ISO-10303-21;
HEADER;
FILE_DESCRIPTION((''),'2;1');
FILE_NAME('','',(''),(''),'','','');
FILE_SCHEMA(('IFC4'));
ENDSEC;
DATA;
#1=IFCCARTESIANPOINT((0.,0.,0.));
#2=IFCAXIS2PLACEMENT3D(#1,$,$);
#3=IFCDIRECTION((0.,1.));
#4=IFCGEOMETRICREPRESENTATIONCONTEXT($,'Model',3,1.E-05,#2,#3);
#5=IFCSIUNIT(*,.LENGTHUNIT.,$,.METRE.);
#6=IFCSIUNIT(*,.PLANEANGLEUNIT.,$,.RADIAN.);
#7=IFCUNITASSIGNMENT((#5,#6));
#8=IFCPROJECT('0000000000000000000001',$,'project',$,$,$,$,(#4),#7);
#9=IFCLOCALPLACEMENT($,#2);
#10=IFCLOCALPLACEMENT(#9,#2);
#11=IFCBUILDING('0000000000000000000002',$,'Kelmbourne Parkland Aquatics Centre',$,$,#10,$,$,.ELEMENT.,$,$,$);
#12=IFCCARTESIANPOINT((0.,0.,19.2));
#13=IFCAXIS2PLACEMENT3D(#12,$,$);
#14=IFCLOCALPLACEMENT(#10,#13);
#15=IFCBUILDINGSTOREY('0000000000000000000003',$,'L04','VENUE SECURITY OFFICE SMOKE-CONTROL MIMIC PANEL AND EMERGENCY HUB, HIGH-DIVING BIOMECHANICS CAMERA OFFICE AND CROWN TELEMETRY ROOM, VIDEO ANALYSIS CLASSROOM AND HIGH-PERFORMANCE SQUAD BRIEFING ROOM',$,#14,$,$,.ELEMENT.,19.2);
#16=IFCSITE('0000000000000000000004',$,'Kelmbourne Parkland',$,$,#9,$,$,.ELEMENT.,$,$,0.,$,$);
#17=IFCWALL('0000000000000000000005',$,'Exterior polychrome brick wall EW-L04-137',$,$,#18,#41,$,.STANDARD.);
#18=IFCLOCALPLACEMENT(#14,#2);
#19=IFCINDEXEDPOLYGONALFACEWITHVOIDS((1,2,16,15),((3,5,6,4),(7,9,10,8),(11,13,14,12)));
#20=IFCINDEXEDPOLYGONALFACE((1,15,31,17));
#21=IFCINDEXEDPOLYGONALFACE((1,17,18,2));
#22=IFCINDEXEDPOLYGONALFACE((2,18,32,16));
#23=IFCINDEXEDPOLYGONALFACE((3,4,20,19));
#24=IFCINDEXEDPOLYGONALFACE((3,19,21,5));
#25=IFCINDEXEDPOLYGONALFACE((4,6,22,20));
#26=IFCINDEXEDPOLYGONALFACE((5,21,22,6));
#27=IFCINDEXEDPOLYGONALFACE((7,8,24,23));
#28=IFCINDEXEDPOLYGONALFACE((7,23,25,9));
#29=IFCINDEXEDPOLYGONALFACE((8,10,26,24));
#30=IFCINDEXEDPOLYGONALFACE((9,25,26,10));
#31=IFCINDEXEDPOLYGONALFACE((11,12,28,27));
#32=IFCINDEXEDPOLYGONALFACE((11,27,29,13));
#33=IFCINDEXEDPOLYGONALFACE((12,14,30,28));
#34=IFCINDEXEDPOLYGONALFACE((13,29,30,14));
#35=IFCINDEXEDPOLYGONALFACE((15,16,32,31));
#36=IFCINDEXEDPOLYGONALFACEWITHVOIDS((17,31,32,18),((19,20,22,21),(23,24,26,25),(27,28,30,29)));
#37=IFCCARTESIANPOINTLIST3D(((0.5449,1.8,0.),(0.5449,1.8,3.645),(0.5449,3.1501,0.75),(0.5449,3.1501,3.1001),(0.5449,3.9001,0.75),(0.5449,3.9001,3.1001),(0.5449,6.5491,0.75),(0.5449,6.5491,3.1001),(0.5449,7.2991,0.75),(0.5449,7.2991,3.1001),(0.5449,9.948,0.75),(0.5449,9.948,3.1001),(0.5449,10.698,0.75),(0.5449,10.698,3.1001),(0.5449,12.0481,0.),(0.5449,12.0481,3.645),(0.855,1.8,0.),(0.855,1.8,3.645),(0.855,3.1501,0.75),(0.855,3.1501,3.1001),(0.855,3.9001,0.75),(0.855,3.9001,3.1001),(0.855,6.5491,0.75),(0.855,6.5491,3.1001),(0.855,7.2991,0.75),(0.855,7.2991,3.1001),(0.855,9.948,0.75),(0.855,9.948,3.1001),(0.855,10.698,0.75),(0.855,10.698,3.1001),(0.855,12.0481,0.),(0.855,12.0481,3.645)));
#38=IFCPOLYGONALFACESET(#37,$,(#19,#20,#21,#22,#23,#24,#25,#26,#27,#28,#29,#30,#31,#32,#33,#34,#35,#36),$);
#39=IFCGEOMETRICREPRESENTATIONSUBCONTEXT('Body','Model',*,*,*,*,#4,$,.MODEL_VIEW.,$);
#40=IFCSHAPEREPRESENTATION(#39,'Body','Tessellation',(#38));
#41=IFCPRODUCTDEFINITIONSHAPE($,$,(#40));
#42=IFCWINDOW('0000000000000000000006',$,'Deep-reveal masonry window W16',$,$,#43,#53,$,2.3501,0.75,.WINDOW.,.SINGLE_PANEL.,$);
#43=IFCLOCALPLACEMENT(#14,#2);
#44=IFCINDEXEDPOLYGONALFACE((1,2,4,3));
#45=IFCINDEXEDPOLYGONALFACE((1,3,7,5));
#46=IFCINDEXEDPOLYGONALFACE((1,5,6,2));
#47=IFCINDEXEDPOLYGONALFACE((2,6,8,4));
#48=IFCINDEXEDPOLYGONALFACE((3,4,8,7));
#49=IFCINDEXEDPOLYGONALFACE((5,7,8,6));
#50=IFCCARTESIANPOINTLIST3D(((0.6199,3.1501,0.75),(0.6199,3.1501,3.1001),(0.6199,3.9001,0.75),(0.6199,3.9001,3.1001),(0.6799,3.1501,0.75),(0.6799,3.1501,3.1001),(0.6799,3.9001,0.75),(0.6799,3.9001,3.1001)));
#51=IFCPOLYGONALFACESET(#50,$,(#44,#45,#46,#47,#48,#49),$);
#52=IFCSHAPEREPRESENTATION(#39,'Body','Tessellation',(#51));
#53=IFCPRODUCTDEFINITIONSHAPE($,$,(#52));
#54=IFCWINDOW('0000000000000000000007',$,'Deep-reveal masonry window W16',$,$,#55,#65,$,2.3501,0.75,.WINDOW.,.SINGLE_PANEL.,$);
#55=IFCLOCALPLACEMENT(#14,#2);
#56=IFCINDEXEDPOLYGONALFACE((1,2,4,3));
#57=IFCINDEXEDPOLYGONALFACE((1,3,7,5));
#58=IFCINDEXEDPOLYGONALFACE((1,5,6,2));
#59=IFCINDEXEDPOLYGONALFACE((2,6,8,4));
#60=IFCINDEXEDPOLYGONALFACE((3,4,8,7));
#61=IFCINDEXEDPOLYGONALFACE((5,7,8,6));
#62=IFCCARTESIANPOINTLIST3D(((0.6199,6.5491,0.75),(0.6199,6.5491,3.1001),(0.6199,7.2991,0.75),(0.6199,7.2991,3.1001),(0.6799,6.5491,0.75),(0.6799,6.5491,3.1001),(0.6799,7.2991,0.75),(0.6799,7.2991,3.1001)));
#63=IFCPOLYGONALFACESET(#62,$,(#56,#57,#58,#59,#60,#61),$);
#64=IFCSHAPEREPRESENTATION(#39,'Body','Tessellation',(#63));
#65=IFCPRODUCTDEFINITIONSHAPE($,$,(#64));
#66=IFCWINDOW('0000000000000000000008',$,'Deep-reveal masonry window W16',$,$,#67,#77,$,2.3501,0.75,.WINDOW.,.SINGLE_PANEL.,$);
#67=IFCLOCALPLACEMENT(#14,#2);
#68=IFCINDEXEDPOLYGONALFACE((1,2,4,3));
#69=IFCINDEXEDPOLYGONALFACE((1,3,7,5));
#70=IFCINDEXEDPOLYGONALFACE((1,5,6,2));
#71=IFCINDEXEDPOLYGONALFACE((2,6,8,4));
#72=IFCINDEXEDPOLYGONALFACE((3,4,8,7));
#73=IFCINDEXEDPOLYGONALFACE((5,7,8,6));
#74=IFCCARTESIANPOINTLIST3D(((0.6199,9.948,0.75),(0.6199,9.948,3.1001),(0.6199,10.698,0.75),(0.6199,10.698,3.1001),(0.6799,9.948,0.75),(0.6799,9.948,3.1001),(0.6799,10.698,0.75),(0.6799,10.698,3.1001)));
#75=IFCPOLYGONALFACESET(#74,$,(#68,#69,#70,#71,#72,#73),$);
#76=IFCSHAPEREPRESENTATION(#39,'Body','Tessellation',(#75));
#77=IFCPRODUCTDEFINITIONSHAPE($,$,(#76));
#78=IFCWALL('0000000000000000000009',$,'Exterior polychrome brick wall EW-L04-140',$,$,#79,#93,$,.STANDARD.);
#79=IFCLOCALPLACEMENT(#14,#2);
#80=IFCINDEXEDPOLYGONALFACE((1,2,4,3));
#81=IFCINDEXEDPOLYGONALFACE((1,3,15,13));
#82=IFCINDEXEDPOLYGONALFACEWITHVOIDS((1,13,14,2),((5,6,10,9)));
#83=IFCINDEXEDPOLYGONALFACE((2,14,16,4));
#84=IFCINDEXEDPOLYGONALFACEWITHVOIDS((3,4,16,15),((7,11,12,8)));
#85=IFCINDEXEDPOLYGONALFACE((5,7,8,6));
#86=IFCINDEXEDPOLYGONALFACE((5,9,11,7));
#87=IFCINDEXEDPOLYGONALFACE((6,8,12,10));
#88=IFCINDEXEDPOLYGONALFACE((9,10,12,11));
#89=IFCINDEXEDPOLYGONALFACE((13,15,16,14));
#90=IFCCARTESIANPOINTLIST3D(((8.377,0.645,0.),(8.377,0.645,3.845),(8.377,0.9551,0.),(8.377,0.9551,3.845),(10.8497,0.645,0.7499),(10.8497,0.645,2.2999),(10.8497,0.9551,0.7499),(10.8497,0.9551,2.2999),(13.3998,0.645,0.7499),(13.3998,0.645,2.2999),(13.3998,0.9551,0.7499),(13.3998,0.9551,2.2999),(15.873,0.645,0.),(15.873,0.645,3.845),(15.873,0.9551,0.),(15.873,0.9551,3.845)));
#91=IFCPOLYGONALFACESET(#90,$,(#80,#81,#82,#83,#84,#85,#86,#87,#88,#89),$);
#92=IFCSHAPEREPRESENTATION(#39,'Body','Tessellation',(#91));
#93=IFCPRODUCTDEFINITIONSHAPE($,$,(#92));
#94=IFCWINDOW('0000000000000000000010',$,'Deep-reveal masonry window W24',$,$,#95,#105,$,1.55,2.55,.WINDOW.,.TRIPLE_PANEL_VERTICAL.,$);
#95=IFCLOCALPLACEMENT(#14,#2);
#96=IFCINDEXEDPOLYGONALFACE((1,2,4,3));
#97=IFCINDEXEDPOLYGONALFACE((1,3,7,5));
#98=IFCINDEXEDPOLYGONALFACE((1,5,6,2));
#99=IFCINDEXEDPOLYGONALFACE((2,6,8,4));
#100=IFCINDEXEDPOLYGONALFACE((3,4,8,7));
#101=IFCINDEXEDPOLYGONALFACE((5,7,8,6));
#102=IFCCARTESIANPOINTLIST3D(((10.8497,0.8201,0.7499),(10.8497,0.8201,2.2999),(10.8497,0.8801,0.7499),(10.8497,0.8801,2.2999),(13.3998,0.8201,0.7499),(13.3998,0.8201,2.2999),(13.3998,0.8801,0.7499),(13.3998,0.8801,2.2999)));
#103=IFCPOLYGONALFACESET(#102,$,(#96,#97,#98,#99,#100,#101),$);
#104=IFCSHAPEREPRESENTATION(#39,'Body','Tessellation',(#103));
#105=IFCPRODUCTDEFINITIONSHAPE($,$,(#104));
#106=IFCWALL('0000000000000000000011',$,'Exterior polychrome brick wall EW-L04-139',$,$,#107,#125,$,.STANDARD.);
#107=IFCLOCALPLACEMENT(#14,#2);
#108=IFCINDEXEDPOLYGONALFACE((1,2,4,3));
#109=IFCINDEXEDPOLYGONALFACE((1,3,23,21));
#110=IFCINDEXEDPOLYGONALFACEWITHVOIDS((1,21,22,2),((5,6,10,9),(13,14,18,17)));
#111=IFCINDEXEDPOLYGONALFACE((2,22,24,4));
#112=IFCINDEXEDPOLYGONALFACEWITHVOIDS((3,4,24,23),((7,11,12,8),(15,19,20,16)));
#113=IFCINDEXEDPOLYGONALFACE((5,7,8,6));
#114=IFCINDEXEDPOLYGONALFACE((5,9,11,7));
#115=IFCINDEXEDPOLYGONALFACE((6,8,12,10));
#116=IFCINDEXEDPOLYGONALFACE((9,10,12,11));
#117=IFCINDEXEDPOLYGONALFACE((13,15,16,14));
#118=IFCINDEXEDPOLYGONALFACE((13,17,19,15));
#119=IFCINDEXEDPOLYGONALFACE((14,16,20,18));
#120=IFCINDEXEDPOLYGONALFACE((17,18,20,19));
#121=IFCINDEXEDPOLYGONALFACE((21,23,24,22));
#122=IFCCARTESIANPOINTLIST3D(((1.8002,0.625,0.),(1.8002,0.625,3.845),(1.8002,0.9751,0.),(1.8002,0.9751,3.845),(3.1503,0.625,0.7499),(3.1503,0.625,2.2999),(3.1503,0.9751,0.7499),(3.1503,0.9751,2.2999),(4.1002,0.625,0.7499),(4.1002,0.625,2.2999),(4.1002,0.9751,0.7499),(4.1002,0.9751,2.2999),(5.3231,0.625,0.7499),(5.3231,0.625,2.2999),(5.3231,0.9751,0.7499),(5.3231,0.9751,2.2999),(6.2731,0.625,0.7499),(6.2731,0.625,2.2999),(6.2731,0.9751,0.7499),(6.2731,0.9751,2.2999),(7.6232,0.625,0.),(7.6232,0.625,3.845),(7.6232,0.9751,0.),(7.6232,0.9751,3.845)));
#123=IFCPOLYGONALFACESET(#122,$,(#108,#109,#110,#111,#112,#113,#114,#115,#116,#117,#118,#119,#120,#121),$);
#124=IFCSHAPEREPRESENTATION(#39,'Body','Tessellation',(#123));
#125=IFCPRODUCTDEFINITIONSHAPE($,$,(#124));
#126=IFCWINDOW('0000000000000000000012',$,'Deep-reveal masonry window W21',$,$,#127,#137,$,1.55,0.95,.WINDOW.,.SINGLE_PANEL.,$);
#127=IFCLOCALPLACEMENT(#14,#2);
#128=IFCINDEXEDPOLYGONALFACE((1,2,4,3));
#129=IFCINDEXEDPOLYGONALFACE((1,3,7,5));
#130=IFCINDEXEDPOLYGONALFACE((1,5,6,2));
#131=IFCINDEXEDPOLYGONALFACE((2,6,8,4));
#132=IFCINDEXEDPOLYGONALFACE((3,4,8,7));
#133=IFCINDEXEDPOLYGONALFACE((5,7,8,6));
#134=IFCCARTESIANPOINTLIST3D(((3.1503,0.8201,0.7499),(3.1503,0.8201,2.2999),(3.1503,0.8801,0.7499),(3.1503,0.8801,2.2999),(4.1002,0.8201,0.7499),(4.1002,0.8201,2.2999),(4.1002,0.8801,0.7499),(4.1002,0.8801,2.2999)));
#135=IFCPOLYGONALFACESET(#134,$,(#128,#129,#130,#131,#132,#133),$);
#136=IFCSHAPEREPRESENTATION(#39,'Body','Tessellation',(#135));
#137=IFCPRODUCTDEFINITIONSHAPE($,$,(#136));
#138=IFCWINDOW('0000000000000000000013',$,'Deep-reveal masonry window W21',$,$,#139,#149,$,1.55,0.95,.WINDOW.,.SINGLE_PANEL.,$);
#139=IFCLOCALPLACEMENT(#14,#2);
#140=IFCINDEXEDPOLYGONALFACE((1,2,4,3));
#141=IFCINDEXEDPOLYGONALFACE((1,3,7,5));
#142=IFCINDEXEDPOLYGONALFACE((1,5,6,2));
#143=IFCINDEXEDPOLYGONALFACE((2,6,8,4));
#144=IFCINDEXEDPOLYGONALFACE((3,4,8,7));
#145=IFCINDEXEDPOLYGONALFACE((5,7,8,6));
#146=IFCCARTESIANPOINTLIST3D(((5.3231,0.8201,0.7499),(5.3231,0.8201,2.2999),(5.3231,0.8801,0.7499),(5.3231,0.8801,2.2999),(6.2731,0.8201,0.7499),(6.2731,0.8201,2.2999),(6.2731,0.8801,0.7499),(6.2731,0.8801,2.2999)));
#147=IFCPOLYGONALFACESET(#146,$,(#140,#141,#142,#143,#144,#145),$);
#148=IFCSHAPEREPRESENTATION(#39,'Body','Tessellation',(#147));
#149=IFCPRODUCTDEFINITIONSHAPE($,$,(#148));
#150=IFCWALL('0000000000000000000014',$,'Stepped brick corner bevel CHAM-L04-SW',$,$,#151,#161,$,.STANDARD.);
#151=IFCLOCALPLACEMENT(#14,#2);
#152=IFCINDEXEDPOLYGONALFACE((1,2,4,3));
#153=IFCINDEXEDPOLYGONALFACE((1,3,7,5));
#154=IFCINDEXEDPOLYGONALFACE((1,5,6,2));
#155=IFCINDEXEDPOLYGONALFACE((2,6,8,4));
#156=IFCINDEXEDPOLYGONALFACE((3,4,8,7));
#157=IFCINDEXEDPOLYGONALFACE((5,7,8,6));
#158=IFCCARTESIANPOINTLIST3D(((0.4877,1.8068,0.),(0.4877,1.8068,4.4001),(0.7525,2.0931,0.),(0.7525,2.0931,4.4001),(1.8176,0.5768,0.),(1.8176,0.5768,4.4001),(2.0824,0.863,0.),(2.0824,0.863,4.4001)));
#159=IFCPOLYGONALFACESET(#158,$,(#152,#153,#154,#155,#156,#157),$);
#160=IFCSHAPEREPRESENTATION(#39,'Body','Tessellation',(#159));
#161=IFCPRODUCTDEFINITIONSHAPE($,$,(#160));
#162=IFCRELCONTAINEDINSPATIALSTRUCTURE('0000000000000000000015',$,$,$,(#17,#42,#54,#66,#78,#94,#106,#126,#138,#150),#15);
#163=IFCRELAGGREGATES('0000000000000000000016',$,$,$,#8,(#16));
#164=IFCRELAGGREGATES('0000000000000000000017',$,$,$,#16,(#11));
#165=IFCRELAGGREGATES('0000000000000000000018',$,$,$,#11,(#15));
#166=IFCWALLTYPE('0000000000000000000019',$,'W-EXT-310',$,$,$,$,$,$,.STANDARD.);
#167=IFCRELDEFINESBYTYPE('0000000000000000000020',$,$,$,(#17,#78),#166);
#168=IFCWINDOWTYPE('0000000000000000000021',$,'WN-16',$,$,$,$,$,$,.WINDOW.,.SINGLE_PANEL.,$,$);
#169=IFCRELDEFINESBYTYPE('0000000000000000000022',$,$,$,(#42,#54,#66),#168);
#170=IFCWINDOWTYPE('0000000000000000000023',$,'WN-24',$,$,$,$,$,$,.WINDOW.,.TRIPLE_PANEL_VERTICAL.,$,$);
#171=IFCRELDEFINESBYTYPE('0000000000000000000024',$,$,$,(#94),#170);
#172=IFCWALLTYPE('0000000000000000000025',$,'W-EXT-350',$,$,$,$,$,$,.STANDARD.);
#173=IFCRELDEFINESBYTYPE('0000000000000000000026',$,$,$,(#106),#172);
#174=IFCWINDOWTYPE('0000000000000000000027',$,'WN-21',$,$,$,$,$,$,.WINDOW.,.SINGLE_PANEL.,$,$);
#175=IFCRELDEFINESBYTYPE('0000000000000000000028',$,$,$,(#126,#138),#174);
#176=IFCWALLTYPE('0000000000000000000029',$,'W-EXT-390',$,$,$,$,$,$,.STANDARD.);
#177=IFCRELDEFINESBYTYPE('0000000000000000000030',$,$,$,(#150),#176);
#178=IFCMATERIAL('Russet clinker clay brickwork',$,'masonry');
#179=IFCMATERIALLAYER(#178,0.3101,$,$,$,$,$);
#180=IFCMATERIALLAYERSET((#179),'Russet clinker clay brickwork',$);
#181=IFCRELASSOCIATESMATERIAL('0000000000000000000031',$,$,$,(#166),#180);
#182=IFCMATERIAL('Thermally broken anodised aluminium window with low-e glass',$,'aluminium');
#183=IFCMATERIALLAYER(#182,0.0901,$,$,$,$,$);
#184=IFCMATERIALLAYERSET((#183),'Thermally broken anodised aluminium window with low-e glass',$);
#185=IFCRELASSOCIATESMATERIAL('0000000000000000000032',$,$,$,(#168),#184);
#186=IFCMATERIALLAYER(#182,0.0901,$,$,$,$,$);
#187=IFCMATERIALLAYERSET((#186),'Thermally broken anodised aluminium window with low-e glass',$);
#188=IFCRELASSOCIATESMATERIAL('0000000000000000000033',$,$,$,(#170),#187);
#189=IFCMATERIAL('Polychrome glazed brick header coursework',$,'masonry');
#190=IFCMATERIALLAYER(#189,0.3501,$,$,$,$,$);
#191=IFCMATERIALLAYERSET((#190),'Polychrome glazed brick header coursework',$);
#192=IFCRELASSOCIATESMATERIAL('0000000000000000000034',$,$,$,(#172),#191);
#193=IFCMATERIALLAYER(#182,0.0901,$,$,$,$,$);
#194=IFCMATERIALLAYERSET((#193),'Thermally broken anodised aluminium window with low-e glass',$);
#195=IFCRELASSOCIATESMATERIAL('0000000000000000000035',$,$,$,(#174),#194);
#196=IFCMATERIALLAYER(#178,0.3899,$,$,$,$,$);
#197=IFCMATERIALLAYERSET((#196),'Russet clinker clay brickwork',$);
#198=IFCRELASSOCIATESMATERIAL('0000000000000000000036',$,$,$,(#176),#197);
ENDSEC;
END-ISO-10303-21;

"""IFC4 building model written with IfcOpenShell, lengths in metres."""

from ifc_helpers import new_model, si_unit, direction, frame, frame_2d, origin, place, context, subcontext, project, spatial, rectangle, extrude, material, layer, layer_set, type_object, element, fill, save


model = new_model("IFC4")

# Units and contexts
model_context = context("Model", 3, precision=1e-05, world=origin(), true_north=direction((0.0, 1.0)))
body_context = subcontext(model_context, "Body", "Model", "MODEL_VIEW")
ifc_project = project(units=[si_unit("LENGTHUNIT", "METRE"), si_unit("PLANEANGLEUNIT", "RADIAN")], contexts=[model_context])

# Site, building, storey
site_placement = place(None, origin())
site = spatial("IfcSite", under=ifc_project, at=site_placement, Name="Kelmbourne Parkland", CompositionType="ELEMENT", RefElevation=0.0)
building_placement = place(site_placement, origin())
building = spatial("IfcBuilding", under=site, at=building_placement, Name="Kelmbourne Parkland Aquatics Centre", CompositionType="ELEMENT")
storey_placement = place(building_placement, frame((0.0, 0.0, 19.2)))
storey = spatial("IfcBuildingStorey", under=building, at=storey_placement, Name="L04", Description="VENUE SECURITY OFFICE SMOKE-CONTROL MIMIC PANEL AND EMERGENCY HUB, HIGH-DIVING BIOMECHANICS CAMERA OFFICE AND CROWN TELEMETRY ROOM, VIDEO ANALYSIS CLASSROOM AND HIGH-PERFORMANCE SQUAD BRIEFING ROOM", CompositionType="ELEMENT", Elevation=19.2)

# Wall, openings, windows
ifc_material_1 = material(Name="Russet clinker clay brickwork", Category="masonry")
ifc_layer_1 = layer(ifc_material_1, 0.3101)
ifc_layer_set_1 = layer_set([ifc_layer_1], Name="Russet clinker clay brickwork")
wall_type_1 = type_object("IfcWallType", Name="W-EXT-310", PredefinedType="STANDARD", material=ifc_layer_set_1)
wall_1_placement = place(storey_placement, frame((0.7, 1.8, 0.0), z_axis=(0.0, 0.0, 1.0), x_axis=(0.0, 1.0, 0.0)))
wall_1 = element("IfcWall", 1, at=wall_1_placement, inside=storey, type_object=wall_type_1, Name="Exterior polychrome brick wall EW-L04-137", PredefinedType="STANDARD", context=body_context, shape_type="SweptSolid", body=[
    extrude(rectangle(XDim=10.248, YDim=0.3101, at=frame_2d((5.124, 0.0))), origin(), (0.0, 0.0, 1.0), 3.645),
])
opening_1_placement = place(wall_1_placement, frame((1.3501, 0.0, 0.75)))
opening_1 = element("IfcOpeningElement", 2, at=opening_1_placement, cuts=wall_1, PredefinedType="OPENING", context=body_context, shape_type="SweptSolid", body=[
    extrude(rectangle(XDim=0.75, YDim=2.3501, at=frame_2d((0.375, 1.175))), frame((0.0, 0.167, 0.0), z_axis=(0.0, -1.0, 0.0), x_axis=(1.0, 0.0, 0.0)), (0.0, 0.0, 1.0), 0.334),
])
opening_2_placement = place(wall_1_placement, frame((4.749, 0.0, 0.75)))
opening_2 = element("IfcOpeningElement", 3, at=opening_2_placement, cuts=wall_1, PredefinedType="OPENING", context=body_context, shape_type="SweptSolid", body=[
    extrude(rectangle(XDim=0.75, YDim=2.3501, at=frame_2d((0.375, 1.175))), frame((0.0, 0.167, 0.0), z_axis=(0.0, -1.0, 0.0), x_axis=(1.0, 0.0, 0.0)), (0.0, 0.0, 1.0), 0.334),
])
opening_3_placement = place(wall_1_placement, frame((8.1479, 0.0, 0.75)))
opening_3 = element("IfcOpeningElement", 4, at=opening_3_placement, cuts=wall_1, PredefinedType="OPENING", context=body_context, shape_type="SweptSolid", body=[
    extrude(rectangle(XDim=0.75, YDim=2.3501, at=frame_2d((0.375, 1.175))), frame((0.0, 0.167, 0.0), z_axis=(0.0, -1.0, 0.0), x_axis=(1.0, 0.0, 0.0)), (0.0, 0.0, 1.0), 0.334),
])
ifc_material_2 = material(Name="Thermally broken anodised aluminium window with low-e glass", Category="aluminium")
ifc_layer_2 = layer(ifc_material_2, 0.0901)
ifc_layer_set_2 = layer_set([ifc_layer_2], Name="Thermally broken anodised aluminium window with low-e glass")
window_type_1 = type_object("IfcWindowType", Name="WN-16", PartitioningType="SINGLE_PANEL", PredefinedType="WINDOW", material=ifc_layer_set_2)
window_1_placement = place(opening_1_placement, origin())
window_1 = element("IfcWindow", 5, at=window_1_placement, inside=storey, type_object=window_type_1, Name="Deep-reveal masonry window W16", OverallHeight=2.3501, OverallWidth=0.75, PartitioningType="SINGLE_PANEL", PredefinedType="WINDOW", context=body_context, shape_type="SweptSolid", body=[
    extrude(rectangle(XDim=0.75, YDim=2.3501, at=frame_2d((0.375, 1.175))), frame((0.0, 0.0801, 0.0), z_axis=(0.0, -1.0, 0.0), x_axis=(1.0, 0.0, 0.0)), (0.0, 0.0, 1.0), 0.0601),
])
fill(opening_1, window_1)
window_2_placement = place(opening_2_placement, origin())
window_2 = element("IfcWindow", 6, at=window_2_placement, inside=storey, type_object=window_type_1, Name="Deep-reveal masonry window W16", OverallHeight=2.3501, OverallWidth=0.75, PartitioningType="SINGLE_PANEL", PredefinedType="WINDOW", context=body_context, shape_type="SweptSolid", body=[
    extrude(rectangle(XDim=0.75, YDim=2.3501, at=frame_2d((0.375, 1.175))), frame((0.0, 0.0801, 0.0), z_axis=(0.0, -1.0, 0.0), x_axis=(1.0, 0.0, 0.0)), (0.0, 0.0, 1.0), 0.0601),
])
fill(opening_2, window_2)
window_3_placement = place(opening_3_placement, origin())
window_3 = element("IfcWindow", 7, at=window_3_placement, inside=storey, type_object=window_type_1, Name="Deep-reveal masonry window W16", OverallHeight=2.3501, OverallWidth=0.75, PartitioningType="SINGLE_PANEL", PredefinedType="WINDOW", context=body_context, shape_type="SweptSolid", body=[
    extrude(rectangle(XDim=0.75, YDim=2.3501, at=frame_2d((0.375, 1.175))), frame((0.0, 0.0801, 0.0), z_axis=(0.0, -1.0, 0.0), x_axis=(1.0, 0.0, 0.0)), (0.0, 0.0, 1.0), 0.0601),
])
fill(opening_3, window_3)

# Wall, opening, window
wall_2_placement = place(storey_placement, frame((8.377, 0.8, 0.0), z_axis=(0.0, 0.0, 1.0), x_axis=(1.0, 0.0, 0.0)))
wall_2 = element("IfcWall", 8, at=wall_2_placement, inside=storey, type_object=wall_type_1, Name="Exterior polychrome brick wall EW-L04-140", PredefinedType="STANDARD", context=body_context, shape_type="SweptSolid", body=[
    extrude(rectangle(XDim=7.4961, YDim=0.3101, at=frame_2d((3.748, 0.0))), origin(), (0.0, 0.0, 1.0), 3.845),
])
opening_4_placement = place(wall_2_placement, frame((2.4729, 0.0, 0.75)))
opening_4 = element("IfcOpeningElement", 9, at=opening_4_placement, cuts=wall_2, PredefinedType="OPENING", context=body_context, shape_type="SweptSolid", body=[
    extrude(rectangle(XDim=2.55, YDim=1.55, at=frame_2d((1.2749, 0.7749))), frame((0.0, 0.167, 0.0), z_axis=(0.0, -1.0, 0.0), x_axis=(1.0, 0.0, 0.0)), (0.0, 0.0, 1.0), 0.334),
])
ifc_layer_3 = layer(ifc_material_2, 0.0901)
ifc_layer_set_3 = layer_set([ifc_layer_3], Name="Thermally broken anodised aluminium window with low-e glass")
window_type_2 = type_object("IfcWindowType", Name="WN-24", PartitioningType="TRIPLE_PANEL_VERTICAL", PredefinedType="WINDOW", material=ifc_layer_set_3)
window_4_placement = place(opening_4_placement, origin())
window_4 = element("IfcWindow", 10, at=window_4_placement, inside=storey, type_object=window_type_2, Name="Deep-reveal masonry window W24", OverallHeight=1.55, OverallWidth=2.55, PartitioningType="TRIPLE_PANEL_VERTICAL", PredefinedType="WINDOW", context=body_context, shape_type="SweptSolid", body=[
    extrude(rectangle(XDim=2.55, YDim=1.55, at=frame_2d((1.2749, 0.7749))), frame((0.0, 0.0801, 0.0), z_axis=(0.0, -1.0, 0.0), x_axis=(1.0, 0.0, 0.0)), (0.0, 0.0, 1.0), 0.0601),
])
fill(opening_4, window_4)

# Wall, openings, windows
ifc_material_3 = material(Name="Polychrome glazed brick header coursework", Category="masonry")
ifc_layer_4 = layer(ifc_material_3, 0.3501)
ifc_layer_set_4 = layer_set([ifc_layer_4], Name="Polychrome glazed brick header coursework")
wall_type_2 = type_object("IfcWallType", Name="W-EXT-350", PredefinedType="STANDARD", material=ifc_layer_set_4)
wall_3_placement = place(storey_placement, frame((1.8, 0.8, 0.0), z_axis=(0.0, 0.0, 1.0), x_axis=(1.0, 0.0, 0.0)))
wall_3 = element("IfcWall", 11, at=wall_3_placement, inside=storey, type_object=wall_type_2, Name="Exterior polychrome brick wall EW-L04-139", PredefinedType="STANDARD", context=body_context, shape_type="SweptSolid", body=[
    extrude(rectangle(XDim=5.823, YDim=0.3501, at=frame_2d((2.9116, 0.0))), origin(), (0.0, 0.0, 1.0), 3.845),
])
opening_5_placement = place(wall_3_placement, frame((1.3501, 0.0, 0.75)))
opening_5 = element("IfcOpeningElement", 12, at=opening_5_placement, cuts=wall_3, PredefinedType="OPENING", context=body_context, shape_type="SweptSolid", body=[
    extrude(rectangle(XDim=0.95, YDim=1.55, at=frame_2d((0.4751, 0.7749))), frame((0.0, 0.187, 0.0), z_axis=(0.0, -1.0, 0.0), x_axis=(1.0, 0.0, 0.0)), (0.0, 0.0, 1.0), 0.374),
])
opening_6_placement = place(wall_3_placement, frame((3.5229, 0.0, 0.75)))
opening_6 = element("IfcOpeningElement", 13, at=opening_6_placement, cuts=wall_3, PredefinedType="OPENING", context=body_context, shape_type="SweptSolid", body=[
    extrude(rectangle(XDim=0.95, YDim=1.55, at=frame_2d((0.4751, 0.7749))), frame((0.0, 0.187, 0.0), z_axis=(0.0, -1.0, 0.0), x_axis=(1.0, 0.0, 0.0)), (0.0, 0.0, 1.0), 0.374),
])
ifc_layer_5 = layer(ifc_material_2, 0.0901)
ifc_layer_set_5 = layer_set([ifc_layer_5], Name="Thermally broken anodised aluminium window with low-e glass")
window_type_3 = type_object("IfcWindowType", Name="WN-21", PartitioningType="SINGLE_PANEL", PredefinedType="WINDOW", material=ifc_layer_set_5)
window_5_placement = place(opening_5_placement, origin())
window_5 = element("IfcWindow", 14, at=window_5_placement, inside=storey, type_object=window_type_3, Name="Deep-reveal masonry window W21", OverallHeight=1.55, OverallWidth=0.95, PartitioningType="SINGLE_PANEL", PredefinedType="WINDOW", context=body_context, shape_type="SweptSolid", body=[
    extrude(rectangle(XDim=0.95, YDim=1.55, at=frame_2d((0.4751, 0.7749))), frame((0.0, 0.0801, 0.0), z_axis=(0.0, -1.0, 0.0), x_axis=(1.0, 0.0, 0.0)), (0.0, 0.0, 1.0), 0.0601),
])
fill(opening_5, window_5)
window_6_placement = place(opening_6_placement, origin())
window_6 = element("IfcWindow", 15, at=window_6_placement, inside=storey, type_object=window_type_3, Name="Deep-reveal masonry window W21", OverallHeight=1.55, OverallWidth=0.95, PartitioningType="SINGLE_PANEL", PredefinedType="WINDOW", context=body_context, shape_type="SweptSolid", body=[
    extrude(rectangle(XDim=0.95, YDim=1.55, at=frame_2d((0.4751, 0.7749))), frame((0.0, 0.0801, 0.0), z_axis=(0.0, -1.0, 0.0), x_axis=(1.0, 0.0, 0.0)), (0.0, 0.0, 1.0), 0.0601),
])
fill(opening_6, window_6)

# Wall
ifc_layer_6 = layer(ifc_material_1, 0.3899)
ifc_layer_set_6 = layer_set([ifc_layer_6], Name="Russet clinker clay brickwork")
wall_type_3 = type_object("IfcWallType", Name="W-EXT-390", PredefinedType="STANDARD", material=ifc_layer_set_6)
wall_4_placement = place(storey_placement, frame((0.6201, 1.95, 0.0), z_axis=(0.0, 0.0, 1.0), x_axis=(0.734131, -0.679007, 0.0)))
element("IfcWall", 16, at=wall_4_placement, inside=storey, type_object=wall_type_3, Name="Stepped brick corner bevel CHAM-L04-SW", PredefinedType="STANDARD", context=body_context, shape_type="SweptSolid", body=[
    extrude(rectangle(XDim=1.8115, YDim=0.3899, at=frame_2d((0.9058, 0.0))), origin(), (0.0, 0.0, 1.0), 4.4001),
])

save(model, "model.ifc")
